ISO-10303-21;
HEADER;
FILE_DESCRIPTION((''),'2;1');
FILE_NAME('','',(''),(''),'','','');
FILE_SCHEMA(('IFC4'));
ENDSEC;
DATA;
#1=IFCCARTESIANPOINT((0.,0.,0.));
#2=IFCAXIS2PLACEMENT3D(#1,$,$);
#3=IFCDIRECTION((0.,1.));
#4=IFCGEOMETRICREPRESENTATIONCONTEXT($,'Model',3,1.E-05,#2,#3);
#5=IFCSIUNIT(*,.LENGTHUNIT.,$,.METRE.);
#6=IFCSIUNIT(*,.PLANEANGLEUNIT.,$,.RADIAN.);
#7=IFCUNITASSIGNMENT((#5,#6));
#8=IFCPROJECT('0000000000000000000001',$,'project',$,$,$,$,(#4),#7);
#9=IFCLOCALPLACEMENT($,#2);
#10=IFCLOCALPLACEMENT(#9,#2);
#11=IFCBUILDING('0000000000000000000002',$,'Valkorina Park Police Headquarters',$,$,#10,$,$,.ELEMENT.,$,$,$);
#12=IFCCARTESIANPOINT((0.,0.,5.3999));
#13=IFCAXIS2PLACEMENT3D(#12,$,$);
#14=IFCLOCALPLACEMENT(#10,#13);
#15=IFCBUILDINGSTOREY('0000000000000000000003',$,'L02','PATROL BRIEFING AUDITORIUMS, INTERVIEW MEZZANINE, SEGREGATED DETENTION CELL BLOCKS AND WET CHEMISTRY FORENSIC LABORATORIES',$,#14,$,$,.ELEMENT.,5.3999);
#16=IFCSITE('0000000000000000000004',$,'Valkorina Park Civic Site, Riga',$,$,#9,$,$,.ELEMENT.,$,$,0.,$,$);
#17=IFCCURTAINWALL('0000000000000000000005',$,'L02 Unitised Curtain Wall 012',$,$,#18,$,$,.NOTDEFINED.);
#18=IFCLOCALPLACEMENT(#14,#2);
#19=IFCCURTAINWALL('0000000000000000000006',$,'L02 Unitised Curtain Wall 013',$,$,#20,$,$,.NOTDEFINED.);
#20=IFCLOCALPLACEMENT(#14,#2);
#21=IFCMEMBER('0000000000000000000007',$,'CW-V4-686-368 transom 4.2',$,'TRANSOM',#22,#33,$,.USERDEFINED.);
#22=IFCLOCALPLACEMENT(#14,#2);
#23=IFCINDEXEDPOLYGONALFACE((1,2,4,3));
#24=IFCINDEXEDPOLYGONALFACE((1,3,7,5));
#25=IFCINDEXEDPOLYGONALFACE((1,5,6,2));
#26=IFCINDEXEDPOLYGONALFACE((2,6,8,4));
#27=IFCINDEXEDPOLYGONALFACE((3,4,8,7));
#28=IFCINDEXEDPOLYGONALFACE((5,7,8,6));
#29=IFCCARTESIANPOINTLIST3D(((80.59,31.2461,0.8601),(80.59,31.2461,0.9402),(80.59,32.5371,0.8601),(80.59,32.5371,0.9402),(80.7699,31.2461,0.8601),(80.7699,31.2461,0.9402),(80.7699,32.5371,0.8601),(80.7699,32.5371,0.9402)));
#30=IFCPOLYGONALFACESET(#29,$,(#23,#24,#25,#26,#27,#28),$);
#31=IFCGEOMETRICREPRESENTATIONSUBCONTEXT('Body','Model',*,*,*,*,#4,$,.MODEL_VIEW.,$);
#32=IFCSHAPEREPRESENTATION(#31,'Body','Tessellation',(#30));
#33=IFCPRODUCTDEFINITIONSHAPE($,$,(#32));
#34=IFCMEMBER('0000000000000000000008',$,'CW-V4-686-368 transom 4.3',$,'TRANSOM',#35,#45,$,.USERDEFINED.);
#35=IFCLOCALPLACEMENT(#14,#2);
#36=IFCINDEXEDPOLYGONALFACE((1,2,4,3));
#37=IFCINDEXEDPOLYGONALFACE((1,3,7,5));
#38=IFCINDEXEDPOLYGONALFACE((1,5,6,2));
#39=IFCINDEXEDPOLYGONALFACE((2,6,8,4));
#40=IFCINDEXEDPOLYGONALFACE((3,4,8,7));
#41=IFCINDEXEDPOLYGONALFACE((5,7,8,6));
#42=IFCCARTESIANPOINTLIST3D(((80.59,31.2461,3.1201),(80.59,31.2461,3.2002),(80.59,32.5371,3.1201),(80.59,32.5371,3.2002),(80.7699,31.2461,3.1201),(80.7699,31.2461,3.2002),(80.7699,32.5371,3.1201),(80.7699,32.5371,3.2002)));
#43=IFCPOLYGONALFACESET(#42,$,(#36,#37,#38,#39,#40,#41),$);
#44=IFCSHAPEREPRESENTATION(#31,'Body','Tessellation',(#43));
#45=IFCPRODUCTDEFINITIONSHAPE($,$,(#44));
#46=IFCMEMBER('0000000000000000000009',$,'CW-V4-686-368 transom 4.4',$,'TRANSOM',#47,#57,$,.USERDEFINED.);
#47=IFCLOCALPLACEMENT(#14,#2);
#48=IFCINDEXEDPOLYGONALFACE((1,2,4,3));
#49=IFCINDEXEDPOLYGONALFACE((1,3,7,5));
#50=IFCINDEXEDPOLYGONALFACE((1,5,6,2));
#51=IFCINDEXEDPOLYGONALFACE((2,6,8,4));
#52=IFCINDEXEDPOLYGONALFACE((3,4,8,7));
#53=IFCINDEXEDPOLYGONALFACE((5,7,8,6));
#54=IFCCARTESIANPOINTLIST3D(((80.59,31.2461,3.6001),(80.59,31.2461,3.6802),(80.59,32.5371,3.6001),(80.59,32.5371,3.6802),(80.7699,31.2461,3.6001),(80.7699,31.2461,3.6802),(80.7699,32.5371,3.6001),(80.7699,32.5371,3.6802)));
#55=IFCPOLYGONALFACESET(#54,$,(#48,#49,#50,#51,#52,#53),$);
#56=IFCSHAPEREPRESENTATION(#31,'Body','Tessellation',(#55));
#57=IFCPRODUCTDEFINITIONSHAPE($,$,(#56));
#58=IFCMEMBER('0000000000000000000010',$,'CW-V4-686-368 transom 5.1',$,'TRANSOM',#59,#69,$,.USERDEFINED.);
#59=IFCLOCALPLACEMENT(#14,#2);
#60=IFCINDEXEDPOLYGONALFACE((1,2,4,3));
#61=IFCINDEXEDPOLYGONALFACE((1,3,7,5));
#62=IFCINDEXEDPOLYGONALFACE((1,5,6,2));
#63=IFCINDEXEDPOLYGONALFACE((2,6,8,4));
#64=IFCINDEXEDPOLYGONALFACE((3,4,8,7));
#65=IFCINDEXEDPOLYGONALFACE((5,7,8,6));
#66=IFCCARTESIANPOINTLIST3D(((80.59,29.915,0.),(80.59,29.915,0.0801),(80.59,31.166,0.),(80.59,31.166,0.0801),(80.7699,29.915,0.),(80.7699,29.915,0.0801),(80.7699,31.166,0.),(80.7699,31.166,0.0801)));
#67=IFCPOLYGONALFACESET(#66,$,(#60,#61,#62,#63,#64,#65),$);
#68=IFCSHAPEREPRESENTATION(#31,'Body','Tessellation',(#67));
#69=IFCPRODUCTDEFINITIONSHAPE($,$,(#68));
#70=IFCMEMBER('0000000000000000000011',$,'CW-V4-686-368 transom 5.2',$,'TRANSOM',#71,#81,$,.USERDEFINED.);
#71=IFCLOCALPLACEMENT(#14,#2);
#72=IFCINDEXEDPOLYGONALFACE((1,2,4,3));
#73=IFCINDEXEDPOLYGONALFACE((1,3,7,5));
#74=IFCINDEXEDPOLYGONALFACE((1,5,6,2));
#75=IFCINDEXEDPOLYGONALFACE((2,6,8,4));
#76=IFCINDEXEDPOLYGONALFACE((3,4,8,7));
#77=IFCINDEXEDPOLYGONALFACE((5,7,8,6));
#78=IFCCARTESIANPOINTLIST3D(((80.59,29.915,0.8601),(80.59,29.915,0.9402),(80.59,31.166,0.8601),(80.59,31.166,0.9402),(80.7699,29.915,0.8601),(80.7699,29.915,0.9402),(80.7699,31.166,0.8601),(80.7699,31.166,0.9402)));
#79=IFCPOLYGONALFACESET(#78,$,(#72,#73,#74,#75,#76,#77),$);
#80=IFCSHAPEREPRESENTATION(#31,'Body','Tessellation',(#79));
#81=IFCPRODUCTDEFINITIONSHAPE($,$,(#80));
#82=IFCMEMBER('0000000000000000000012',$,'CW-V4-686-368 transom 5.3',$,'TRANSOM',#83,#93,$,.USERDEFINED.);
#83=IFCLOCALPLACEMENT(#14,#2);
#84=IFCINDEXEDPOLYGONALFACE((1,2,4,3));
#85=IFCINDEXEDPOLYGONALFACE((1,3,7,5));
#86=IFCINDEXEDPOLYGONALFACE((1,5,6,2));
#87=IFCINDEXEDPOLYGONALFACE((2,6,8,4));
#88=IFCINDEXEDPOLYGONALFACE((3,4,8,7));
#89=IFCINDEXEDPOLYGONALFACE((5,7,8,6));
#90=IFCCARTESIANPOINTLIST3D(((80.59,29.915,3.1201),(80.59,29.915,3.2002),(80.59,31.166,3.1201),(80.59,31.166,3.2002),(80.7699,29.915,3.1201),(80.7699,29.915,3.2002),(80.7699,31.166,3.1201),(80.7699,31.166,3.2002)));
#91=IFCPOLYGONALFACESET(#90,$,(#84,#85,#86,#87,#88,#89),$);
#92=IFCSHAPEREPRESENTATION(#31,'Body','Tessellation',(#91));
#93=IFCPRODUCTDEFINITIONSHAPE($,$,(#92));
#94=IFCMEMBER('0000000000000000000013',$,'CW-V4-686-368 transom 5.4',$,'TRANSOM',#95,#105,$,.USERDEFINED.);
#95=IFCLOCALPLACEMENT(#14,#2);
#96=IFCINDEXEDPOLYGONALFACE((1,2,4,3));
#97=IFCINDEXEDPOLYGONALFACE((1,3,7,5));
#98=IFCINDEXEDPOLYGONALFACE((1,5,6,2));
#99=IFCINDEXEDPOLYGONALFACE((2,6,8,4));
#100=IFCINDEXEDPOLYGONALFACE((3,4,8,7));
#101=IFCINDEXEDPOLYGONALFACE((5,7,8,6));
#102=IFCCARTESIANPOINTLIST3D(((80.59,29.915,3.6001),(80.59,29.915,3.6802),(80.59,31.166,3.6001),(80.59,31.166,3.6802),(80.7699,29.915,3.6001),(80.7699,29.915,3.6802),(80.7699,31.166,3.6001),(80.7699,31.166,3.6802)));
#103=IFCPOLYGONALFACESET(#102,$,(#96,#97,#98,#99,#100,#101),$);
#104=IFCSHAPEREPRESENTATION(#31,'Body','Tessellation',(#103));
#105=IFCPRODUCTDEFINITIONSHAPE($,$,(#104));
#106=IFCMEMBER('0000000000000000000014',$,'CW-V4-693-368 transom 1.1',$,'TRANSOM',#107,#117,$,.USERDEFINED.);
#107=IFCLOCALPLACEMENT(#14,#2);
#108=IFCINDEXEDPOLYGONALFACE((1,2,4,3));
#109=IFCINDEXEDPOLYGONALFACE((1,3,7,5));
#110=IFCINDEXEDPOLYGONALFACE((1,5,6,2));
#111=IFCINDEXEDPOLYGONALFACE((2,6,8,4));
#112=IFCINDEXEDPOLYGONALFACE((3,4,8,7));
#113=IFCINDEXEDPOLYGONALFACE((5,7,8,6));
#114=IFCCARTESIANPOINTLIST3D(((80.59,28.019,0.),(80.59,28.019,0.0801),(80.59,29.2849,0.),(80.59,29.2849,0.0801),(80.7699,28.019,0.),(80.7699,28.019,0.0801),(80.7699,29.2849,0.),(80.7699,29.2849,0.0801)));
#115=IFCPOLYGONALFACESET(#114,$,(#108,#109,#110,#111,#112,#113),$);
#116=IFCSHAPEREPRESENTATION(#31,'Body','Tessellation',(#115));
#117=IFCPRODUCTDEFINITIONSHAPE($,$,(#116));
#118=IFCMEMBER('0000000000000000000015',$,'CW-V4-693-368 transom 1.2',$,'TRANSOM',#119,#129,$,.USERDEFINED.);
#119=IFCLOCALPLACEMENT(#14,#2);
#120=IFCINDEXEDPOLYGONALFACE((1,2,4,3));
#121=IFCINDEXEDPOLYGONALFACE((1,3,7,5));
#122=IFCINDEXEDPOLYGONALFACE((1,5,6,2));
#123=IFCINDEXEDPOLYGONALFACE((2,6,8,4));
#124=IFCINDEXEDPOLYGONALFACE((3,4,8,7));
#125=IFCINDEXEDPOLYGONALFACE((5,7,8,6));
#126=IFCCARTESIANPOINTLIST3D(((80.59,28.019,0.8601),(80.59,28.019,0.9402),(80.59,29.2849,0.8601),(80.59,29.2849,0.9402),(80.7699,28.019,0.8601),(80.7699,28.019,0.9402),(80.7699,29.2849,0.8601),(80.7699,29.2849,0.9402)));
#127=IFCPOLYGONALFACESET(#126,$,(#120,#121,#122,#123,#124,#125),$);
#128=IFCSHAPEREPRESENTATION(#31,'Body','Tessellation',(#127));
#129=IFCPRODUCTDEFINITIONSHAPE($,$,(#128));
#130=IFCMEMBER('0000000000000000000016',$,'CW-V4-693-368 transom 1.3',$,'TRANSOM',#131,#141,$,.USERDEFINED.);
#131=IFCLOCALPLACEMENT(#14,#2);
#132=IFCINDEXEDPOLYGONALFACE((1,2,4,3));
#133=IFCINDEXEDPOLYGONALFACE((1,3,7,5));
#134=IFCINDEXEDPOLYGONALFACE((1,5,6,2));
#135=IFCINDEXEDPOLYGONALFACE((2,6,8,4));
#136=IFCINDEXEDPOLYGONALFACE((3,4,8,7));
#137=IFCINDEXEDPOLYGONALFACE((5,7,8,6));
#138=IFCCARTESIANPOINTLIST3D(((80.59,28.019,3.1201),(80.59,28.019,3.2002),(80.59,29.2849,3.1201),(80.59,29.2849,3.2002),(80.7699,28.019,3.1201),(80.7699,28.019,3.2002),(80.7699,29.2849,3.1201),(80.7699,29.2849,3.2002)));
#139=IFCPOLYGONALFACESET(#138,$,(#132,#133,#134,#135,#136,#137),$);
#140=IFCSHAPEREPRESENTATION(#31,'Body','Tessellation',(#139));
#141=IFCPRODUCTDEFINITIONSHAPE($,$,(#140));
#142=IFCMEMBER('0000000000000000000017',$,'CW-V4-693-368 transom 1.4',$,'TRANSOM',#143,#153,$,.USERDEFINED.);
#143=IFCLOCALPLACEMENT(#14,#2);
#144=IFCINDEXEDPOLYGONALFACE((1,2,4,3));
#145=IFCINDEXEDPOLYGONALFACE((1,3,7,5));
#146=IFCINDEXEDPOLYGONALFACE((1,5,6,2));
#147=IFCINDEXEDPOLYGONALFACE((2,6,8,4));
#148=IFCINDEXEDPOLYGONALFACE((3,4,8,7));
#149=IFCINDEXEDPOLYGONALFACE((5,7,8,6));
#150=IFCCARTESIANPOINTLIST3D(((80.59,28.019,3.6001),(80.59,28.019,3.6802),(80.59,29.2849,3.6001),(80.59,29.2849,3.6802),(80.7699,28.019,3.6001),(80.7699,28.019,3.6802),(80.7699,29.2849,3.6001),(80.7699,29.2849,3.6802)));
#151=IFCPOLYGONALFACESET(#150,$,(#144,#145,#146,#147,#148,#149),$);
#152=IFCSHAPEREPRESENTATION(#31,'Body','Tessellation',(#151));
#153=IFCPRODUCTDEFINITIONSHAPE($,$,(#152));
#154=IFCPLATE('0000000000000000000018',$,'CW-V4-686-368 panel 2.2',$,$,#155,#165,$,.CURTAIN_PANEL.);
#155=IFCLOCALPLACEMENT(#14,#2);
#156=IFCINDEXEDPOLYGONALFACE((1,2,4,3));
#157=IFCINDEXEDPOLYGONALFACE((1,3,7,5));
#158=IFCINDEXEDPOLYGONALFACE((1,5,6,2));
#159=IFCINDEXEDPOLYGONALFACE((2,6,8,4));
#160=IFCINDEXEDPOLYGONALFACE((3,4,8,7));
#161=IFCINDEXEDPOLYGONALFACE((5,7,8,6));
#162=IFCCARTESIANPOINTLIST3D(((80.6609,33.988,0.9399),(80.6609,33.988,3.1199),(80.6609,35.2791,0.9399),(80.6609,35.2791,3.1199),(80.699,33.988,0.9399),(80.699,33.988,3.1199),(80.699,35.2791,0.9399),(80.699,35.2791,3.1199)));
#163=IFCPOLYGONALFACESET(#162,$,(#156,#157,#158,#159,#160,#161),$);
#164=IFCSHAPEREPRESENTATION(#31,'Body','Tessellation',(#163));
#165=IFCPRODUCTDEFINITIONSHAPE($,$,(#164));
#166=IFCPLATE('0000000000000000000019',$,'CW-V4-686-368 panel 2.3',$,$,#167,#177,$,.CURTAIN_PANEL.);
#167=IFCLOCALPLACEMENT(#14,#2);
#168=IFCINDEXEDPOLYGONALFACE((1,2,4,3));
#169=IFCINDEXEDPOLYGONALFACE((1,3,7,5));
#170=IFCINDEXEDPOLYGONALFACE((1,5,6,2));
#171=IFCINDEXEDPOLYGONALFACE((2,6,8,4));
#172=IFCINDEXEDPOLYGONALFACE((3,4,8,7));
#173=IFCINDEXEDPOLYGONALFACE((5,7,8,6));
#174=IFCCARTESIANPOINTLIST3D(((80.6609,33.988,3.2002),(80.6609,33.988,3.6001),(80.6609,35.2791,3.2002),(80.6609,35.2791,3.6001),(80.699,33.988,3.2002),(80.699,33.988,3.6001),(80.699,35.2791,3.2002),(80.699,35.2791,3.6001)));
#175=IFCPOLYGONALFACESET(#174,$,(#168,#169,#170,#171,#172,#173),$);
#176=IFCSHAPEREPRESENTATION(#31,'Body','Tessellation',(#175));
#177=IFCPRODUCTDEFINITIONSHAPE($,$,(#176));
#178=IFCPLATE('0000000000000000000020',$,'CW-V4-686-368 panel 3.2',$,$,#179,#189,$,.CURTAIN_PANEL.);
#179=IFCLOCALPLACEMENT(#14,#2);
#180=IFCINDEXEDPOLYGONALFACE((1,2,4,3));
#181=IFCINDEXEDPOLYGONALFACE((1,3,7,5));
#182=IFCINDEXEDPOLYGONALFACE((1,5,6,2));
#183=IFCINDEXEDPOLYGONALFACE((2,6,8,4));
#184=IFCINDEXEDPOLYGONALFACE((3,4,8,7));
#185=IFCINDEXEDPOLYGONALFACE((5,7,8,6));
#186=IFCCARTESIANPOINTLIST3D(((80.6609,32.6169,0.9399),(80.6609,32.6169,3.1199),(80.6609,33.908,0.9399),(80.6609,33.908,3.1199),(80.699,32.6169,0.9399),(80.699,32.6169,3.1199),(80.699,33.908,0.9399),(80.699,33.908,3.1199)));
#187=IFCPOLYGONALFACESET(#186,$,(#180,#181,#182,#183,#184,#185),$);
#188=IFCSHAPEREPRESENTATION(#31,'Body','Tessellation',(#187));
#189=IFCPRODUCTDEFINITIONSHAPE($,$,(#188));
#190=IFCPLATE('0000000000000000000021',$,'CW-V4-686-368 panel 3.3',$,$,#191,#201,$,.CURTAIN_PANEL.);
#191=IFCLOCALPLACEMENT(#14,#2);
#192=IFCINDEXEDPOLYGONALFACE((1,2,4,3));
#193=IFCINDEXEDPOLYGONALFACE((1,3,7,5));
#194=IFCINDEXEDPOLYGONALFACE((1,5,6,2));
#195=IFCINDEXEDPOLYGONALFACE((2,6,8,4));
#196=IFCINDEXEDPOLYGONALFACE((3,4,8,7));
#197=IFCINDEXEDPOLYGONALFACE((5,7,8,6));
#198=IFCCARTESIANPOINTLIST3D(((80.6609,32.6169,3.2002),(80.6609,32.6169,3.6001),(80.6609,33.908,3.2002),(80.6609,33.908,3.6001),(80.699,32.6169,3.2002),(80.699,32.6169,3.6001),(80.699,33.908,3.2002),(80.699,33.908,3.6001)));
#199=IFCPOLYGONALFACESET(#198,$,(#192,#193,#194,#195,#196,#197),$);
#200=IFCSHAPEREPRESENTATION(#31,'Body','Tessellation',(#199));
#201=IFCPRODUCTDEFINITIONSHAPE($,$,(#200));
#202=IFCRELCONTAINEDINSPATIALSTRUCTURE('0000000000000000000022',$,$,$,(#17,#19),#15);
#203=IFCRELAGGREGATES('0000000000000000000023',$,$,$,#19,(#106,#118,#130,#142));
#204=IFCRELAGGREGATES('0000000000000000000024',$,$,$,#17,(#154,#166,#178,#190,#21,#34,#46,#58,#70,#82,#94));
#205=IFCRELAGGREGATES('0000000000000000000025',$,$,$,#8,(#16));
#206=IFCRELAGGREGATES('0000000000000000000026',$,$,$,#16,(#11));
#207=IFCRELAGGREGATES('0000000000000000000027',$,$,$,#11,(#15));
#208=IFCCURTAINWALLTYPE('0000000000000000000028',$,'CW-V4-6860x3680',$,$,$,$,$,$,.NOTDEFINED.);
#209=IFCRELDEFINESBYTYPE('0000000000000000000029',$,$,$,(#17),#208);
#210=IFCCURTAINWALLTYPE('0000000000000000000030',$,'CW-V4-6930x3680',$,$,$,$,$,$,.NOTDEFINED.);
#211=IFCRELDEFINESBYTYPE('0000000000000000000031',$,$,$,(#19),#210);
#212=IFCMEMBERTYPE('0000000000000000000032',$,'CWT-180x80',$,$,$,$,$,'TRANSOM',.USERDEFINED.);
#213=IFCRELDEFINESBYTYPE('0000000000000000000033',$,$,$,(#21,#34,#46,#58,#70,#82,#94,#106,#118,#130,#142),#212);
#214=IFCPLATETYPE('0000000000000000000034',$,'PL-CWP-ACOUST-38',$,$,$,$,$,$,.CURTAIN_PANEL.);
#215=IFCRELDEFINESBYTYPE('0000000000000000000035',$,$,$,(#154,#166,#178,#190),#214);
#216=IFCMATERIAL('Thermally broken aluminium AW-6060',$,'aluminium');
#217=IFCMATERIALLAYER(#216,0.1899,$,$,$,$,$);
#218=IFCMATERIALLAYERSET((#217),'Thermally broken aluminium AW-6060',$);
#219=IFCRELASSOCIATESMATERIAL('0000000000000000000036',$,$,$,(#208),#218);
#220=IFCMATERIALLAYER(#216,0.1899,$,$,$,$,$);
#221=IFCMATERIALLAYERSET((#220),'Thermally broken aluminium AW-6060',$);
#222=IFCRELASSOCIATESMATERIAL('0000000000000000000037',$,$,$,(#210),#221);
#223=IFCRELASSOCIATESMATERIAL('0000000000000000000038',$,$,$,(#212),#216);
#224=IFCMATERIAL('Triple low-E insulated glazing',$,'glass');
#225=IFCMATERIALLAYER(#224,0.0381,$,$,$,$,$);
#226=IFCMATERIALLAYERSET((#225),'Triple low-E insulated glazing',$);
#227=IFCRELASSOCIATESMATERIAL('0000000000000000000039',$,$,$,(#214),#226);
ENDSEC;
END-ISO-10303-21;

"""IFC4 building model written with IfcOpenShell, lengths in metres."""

from ifc_helpers import new_model, si_unit, direction, frame, origin, origin_2d, place, context, subcontext, project, spatial, rectangle, extrude, material, layer, layer_set, material_profile, profile_set, type_object, element, aggregate, save


model = new_model("IFC4")

# Units and contexts
model_context = context("Model", 3, precision=1e-05, world=origin(), true_north=direction((0.0, 1.0)))
body_context = subcontext(model_context, "Body", "Model", "MODEL_VIEW")
ifc_project = project(units=[si_unit("LENGTHUNIT", "METRE"), si_unit("PLANEANGLEUNIT", "RADIAN")], contexts=[model_context])

# Site, building, storey
site_placement = place(None, origin())
site = spatial("IfcSite", under=ifc_project, at=site_placement, Name="Valkorina Park Civic Site, Riga", CompositionType="ELEMENT", RefElevation=0.0)
building_placement = place(site_placement, origin())
building = spatial("IfcBuilding", under=site, at=building_placement, Name="Valkorina Park Police Headquarters", CompositionType="ELEMENT")
storey_placement = place(building_placement, frame((0.0, 0.0, 5.3999)))
storey = spatial("IfcBuildingStorey", under=building, at=storey_placement, Name="L02", Description="PATROL BRIEFING AUDITORIUMS, INTERVIEW MEZZANINE, SEGREGATED DETENTION CELL BLOCKS AND WET CHEMISTRY FORENSIC LABORATORIES", CompositionType="ELEMENT", Elevation=5.3999)

# Curtain wall
ifc_material_1 = material(Name="Thermally broken aluminium AW-6060", Category="aluminium")
ifc_layer_1 = layer(ifc_material_1, 0.1899)
ifc_layer_set_1 = layer_set([ifc_layer_1], Name="Thermally broken aluminium AW-6060")
curtain_wall_type_1 = type_object("IfcCurtainWallType", Name="CW-V4-6860x3680", PredefinedType="NOTDEFINED", material=ifc_layer_set_1)
curtain_wall_1_placement = place(storey_placement, origin())
curtain_wall_1 = element("IfcCurtainWall", 1, at=curtain_wall_1_placement, inside=storey, type_object=curtain_wall_type_1, Name="L02 Unitised Curtain Wall 012", PredefinedType="NOTDEFINED")

# Curtain wall
ifc_layer_2 = layer(ifc_material_1, 0.1899)
ifc_layer_set_2 = layer_set([ifc_layer_2], Name="Thermally broken aluminium AW-6060")
curtain_wall_type_2 = type_object("IfcCurtainWallType", Name="CW-V4-6930x3680", PredefinedType="NOTDEFINED", material=ifc_layer_set_2)
curtain_wall_2_placement = place(storey_placement, origin())
curtain_wall_2 = element("IfcCurtainWall", 2, at=curtain_wall_2_placement, inside=storey, type_object=curtain_wall_type_2, Name="L02 Unitised Curtain Wall 013", PredefinedType="NOTDEFINED")

# Members
ifc_material_profile_1 = material_profile(ifc_material_1, rectangle(XDim=0.1799, YDim=0.0801, at=origin_2d()), Name="CWT-03 180x80")
ifc_profile_set_1 = profile_set([ifc_material_profile_1], Name="Thermally broken aluminium AW-6060")
member_type_1 = type_object("IfcMemberType", Name="CWT-180x80", ElementType="TRANSOM", PredefinedType="USERDEFINED", material=ifc_profile_set_1)
member_1_placement = place(storey_placement, frame((80.6799, 32.5371, 0.9001), z_axis=(0.0, -1.0, 0.0), x_axis=(1.0, 0.0, 0.0)))
member_1 = element("IfcMember", 3, at=member_1_placement, type_object=member_type_1, Name="CW-V4-686-368 transom 4.2", ObjectType="TRANSOM", PredefinedType="USERDEFINED", context=body_context, shape_type="SweptSolid", body=[
    extrude(rectangle(XDim=0.1799, YDim=0.0801, at=origin_2d()), origin(), (0.0, 0.0, 1.0), 1.291),
])
member_2_placement = place(storey_placement, frame((80.6799, 32.5371, 3.1602), z_axis=(0.0, -1.0, 0.0), x_axis=(1.0, 0.0, 0.0)))
member_2 = element("IfcMember", 4, at=member_2_placement, type_object=member_type_1, Name="CW-V4-686-368 transom 4.3", ObjectType="TRANSOM", PredefinedType="USERDEFINED", context=body_context, shape_type="SweptSolid", body=[
    extrude(rectangle(XDim=0.1799, YDim=0.0801, at=origin_2d()), origin(), (0.0, 0.0, 1.0), 1.291),
])
member_3_placement = place(storey_placement, frame((80.6799, 32.5371, 3.6401), z_axis=(0.0, -1.0, 0.0), x_axis=(1.0, 0.0, 0.0)))
member_3 = element("IfcMember", 5, at=member_3_placement, type_object=member_type_1, Name="CW-V4-686-368 transom 4.4", ObjectType="TRANSOM", PredefinedType="USERDEFINED", context=body_context, shape_type="SweptSolid", body=[
    extrude(rectangle(XDim=0.1799, YDim=0.0801, at=origin_2d()), origin(), (0.0, 0.0, 1.0), 1.291),
])
member_4_placement = place(storey_placement, frame((80.6799, 31.166, 0.04), z_axis=(0.0, -1.0, 0.0), x_axis=(1.0, 0.0, 0.0)))
member_4 = element("IfcMember", 6, at=member_4_placement, type_object=member_type_1, Name="CW-V4-686-368 transom 5.1", ObjectType="TRANSOM", PredefinedType="USERDEFINED", context=body_context, shape_type="SweptSolid", body=[
    extrude(rectangle(XDim=0.1799, YDim=0.0801, at=origin_2d()), origin(), (0.0, 0.0, 1.0), 1.251),
])
member_5_placement = place(storey_placement, frame((80.6799, 31.166, 0.9001), z_axis=(0.0, -1.0, 0.0), x_axis=(1.0, 0.0, 0.0)))
member_5 = element("IfcMember", 7, at=member_5_placement, type_object=member_type_1, Name="CW-V4-686-368 transom 5.2", ObjectType="TRANSOM", PredefinedType="USERDEFINED", context=body_context, shape_type="SweptSolid", body=[
    extrude(rectangle(XDim=0.1799, YDim=0.0801, at=origin_2d()), origin(), (0.0, 0.0, 1.0), 1.251),
])
member_6_placement = place(storey_placement, frame((80.6799, 31.166, 3.1602), z_axis=(0.0, -1.0, 0.0), x_axis=(1.0, 0.0, 0.0)))
member_6 = element("IfcMember", 8, at=member_6_placement, type_object=member_type_1, Name="CW-V4-686-368 transom 5.3", ObjectType="TRANSOM", PredefinedType="USERDEFINED", context=body_context, shape_type="SweptSolid", body=[
    extrude(rectangle(XDim=0.1799, YDim=0.0801, at=origin_2d()), origin(), (0.0, 0.0, 1.0), 1.251),
])
member_7_placement = place(storey_placement, frame((80.6799, 31.166, 3.6401), z_axis=(0.0, -1.0, 0.0), x_axis=(1.0, 0.0, 0.0)))
member_7 = element("IfcMember", 9, at=member_7_placement, type_object=member_type_1, Name="CW-V4-686-368 transom 5.4", ObjectType="TRANSOM", PredefinedType="USERDEFINED", context=body_context, shape_type="SweptSolid", body=[
    extrude(rectangle(XDim=0.1799, YDim=0.0801, at=origin_2d()), origin(), (0.0, 0.0, 1.0), 1.251),
])
member_8_placement = place(storey_placement, frame((80.6799, 29.2849, 0.04), z_axis=(0.0, -1.0, 0.0), x_axis=(1.0, 0.0, 0.0)))
member_8 = element("IfcMember", 10, at=member_8_placement, type_object=member_type_1, Name="CW-V4-693-368 transom 1.1", ObjectType="TRANSOM", PredefinedType="USERDEFINED", context=body_context, shape_type="SweptSolid", body=[
    extrude(rectangle(XDim=0.1799, YDim=0.0801, at=origin_2d()), origin(), (0.0, 0.0, 1.0), 1.2659),
])
member_9_placement = place(storey_placement, frame((80.6799, 29.2849, 0.9001), z_axis=(0.0, -1.0, 0.0), x_axis=(1.0, 0.0, 0.0)))
member_9 = element("IfcMember", 11, at=member_9_placement, type_object=member_type_1, Name="CW-V4-693-368 transom 1.2", ObjectType="TRANSOM", PredefinedType="USERDEFINED", context=body_context, shape_type="SweptSolid", body=[
    extrude(rectangle(XDim=0.1799, YDim=0.0801, at=origin_2d()), origin(), (0.0, 0.0, 1.0), 1.2659),
])
member_10_placement = place(storey_placement, frame((80.6799, 29.2849, 3.1602), z_axis=(0.0, -1.0, 0.0), x_axis=(1.0, 0.0, 0.0)))
member_10 = element("IfcMember", 12, at=member_10_placement, type_object=member_type_1, Name="CW-V4-693-368 transom 1.3", ObjectType="TRANSOM", PredefinedType="USERDEFINED", context=body_context, shape_type="SweptSolid", body=[
    extrude(rectangle(XDim=0.1799, YDim=0.0801, at=origin_2d()), origin(), (0.0, 0.0, 1.0), 1.2659),
])
member_11_placement = place(storey_placement, frame((80.6799, 29.2849, 3.6401), z_axis=(0.0, -1.0, 0.0), x_axis=(1.0, 0.0, 0.0)))
member_11 = element("IfcMember", 13, at=member_11_placement, type_object=member_type_1, Name="CW-V4-693-368 transom 1.4", ObjectType="TRANSOM", PredefinedType="USERDEFINED", context=body_context, shape_type="SweptSolid", body=[
    extrude(rectangle(XDim=0.1799, YDim=0.0801, at=origin_2d()), origin(), (0.0, 0.0, 1.0), 1.2659),
])
aggregate(curtain_wall_2, [member_8, member_9, member_10, member_11])

# Plates
ifc_material_2 = material(Name="Triple low-E insulated glazing", Category="glass")
ifc_layer_3 = layer(ifc_material_2, 0.0381)
ifc_layer_set_3 = layer_set([ifc_layer_3], Name="Triple low-E insulated glazing")
plate_type_1 = type_object("IfcPlateType", Name="PL-CWP-ACOUST-38", PredefinedType="CURTAIN_PANEL", material=ifc_layer_set_3)
plate_1_placement = place(storey_placement, frame((80.6799, 34.6335, 0.9399), z_axis=(0.0, 0.0, 1.0), x_axis=(0.0, -1.0, 0.0)))
plate_1 = element("IfcPlate", 14, at=plate_1_placement, type_object=plate_type_1, Name="CW-V4-686-368 panel 2.2", PredefinedType="CURTAIN_PANEL", context=body_context, shape_type="SweptSolid", body=[
    extrude(rectangle(XDim=1.291, YDim=0.0381, at=origin_2d()), origin(), (0.0, 0.0, 1.0), 2.1799),
])
plate_2_placement = place(storey_placement, frame((80.6799, 34.6335, 3.2002), z_axis=(0.0, 0.0, 1.0), x_axis=(0.0, -1.0, 0.0)))
plate_2 = element("IfcPlate", 15, at=plate_2_placement, type_object=plate_type_1, Name="CW-V4-686-368 panel 2.3", PredefinedType="CURTAIN_PANEL", context=body_context, shape_type="SweptSolid", body=[
    extrude(rectangle(XDim=1.291, YDim=0.0381, at=origin_2d()), origin(), (0.0, 0.0, 1.0), 0.3999),
])
plate_3_placement = place(storey_placement, frame((80.6799, 33.2625, 0.9399), z_axis=(0.0, 0.0, 1.0), x_axis=(0.0, -1.0, 0.0)))
plate_3 = element("IfcPlate", 16, at=plate_3_placement, type_object=plate_type_1, Name="CW-V4-686-368 panel 3.2", PredefinedType="CURTAIN_PANEL", context=body_context, shape_type="SweptSolid", body=[
    extrude(rectangle(XDim=1.291, YDim=0.0381, at=origin_2d()), origin(), (0.0, 0.0, 1.0), 2.1799),
])
plate_4_placement = place(storey_placement, frame((80.6799, 33.2625, 3.2002), z_axis=(0.0, 0.0, 1.0), x_axis=(0.0, -1.0, 0.0)))
plate_4 = element("IfcPlate", 17, at=plate_4_placement, type_object=plate_type_1, Name="CW-V4-686-368 panel 3.3", PredefinedType="CURTAIN_PANEL", context=body_context, shape_type="SweptSolid", body=[
    extrude(rectangle(XDim=1.291, YDim=0.0381, at=origin_2d()), origin(), (0.0, 0.0, 1.0), 0.3999),
])
aggregate(curtain_wall_1, [plate_1, plate_2, plate_3, plate_4, member_1, member_2, member_3, member_4, member_5, member_6, member_7])

save(model, "model.ifc")
